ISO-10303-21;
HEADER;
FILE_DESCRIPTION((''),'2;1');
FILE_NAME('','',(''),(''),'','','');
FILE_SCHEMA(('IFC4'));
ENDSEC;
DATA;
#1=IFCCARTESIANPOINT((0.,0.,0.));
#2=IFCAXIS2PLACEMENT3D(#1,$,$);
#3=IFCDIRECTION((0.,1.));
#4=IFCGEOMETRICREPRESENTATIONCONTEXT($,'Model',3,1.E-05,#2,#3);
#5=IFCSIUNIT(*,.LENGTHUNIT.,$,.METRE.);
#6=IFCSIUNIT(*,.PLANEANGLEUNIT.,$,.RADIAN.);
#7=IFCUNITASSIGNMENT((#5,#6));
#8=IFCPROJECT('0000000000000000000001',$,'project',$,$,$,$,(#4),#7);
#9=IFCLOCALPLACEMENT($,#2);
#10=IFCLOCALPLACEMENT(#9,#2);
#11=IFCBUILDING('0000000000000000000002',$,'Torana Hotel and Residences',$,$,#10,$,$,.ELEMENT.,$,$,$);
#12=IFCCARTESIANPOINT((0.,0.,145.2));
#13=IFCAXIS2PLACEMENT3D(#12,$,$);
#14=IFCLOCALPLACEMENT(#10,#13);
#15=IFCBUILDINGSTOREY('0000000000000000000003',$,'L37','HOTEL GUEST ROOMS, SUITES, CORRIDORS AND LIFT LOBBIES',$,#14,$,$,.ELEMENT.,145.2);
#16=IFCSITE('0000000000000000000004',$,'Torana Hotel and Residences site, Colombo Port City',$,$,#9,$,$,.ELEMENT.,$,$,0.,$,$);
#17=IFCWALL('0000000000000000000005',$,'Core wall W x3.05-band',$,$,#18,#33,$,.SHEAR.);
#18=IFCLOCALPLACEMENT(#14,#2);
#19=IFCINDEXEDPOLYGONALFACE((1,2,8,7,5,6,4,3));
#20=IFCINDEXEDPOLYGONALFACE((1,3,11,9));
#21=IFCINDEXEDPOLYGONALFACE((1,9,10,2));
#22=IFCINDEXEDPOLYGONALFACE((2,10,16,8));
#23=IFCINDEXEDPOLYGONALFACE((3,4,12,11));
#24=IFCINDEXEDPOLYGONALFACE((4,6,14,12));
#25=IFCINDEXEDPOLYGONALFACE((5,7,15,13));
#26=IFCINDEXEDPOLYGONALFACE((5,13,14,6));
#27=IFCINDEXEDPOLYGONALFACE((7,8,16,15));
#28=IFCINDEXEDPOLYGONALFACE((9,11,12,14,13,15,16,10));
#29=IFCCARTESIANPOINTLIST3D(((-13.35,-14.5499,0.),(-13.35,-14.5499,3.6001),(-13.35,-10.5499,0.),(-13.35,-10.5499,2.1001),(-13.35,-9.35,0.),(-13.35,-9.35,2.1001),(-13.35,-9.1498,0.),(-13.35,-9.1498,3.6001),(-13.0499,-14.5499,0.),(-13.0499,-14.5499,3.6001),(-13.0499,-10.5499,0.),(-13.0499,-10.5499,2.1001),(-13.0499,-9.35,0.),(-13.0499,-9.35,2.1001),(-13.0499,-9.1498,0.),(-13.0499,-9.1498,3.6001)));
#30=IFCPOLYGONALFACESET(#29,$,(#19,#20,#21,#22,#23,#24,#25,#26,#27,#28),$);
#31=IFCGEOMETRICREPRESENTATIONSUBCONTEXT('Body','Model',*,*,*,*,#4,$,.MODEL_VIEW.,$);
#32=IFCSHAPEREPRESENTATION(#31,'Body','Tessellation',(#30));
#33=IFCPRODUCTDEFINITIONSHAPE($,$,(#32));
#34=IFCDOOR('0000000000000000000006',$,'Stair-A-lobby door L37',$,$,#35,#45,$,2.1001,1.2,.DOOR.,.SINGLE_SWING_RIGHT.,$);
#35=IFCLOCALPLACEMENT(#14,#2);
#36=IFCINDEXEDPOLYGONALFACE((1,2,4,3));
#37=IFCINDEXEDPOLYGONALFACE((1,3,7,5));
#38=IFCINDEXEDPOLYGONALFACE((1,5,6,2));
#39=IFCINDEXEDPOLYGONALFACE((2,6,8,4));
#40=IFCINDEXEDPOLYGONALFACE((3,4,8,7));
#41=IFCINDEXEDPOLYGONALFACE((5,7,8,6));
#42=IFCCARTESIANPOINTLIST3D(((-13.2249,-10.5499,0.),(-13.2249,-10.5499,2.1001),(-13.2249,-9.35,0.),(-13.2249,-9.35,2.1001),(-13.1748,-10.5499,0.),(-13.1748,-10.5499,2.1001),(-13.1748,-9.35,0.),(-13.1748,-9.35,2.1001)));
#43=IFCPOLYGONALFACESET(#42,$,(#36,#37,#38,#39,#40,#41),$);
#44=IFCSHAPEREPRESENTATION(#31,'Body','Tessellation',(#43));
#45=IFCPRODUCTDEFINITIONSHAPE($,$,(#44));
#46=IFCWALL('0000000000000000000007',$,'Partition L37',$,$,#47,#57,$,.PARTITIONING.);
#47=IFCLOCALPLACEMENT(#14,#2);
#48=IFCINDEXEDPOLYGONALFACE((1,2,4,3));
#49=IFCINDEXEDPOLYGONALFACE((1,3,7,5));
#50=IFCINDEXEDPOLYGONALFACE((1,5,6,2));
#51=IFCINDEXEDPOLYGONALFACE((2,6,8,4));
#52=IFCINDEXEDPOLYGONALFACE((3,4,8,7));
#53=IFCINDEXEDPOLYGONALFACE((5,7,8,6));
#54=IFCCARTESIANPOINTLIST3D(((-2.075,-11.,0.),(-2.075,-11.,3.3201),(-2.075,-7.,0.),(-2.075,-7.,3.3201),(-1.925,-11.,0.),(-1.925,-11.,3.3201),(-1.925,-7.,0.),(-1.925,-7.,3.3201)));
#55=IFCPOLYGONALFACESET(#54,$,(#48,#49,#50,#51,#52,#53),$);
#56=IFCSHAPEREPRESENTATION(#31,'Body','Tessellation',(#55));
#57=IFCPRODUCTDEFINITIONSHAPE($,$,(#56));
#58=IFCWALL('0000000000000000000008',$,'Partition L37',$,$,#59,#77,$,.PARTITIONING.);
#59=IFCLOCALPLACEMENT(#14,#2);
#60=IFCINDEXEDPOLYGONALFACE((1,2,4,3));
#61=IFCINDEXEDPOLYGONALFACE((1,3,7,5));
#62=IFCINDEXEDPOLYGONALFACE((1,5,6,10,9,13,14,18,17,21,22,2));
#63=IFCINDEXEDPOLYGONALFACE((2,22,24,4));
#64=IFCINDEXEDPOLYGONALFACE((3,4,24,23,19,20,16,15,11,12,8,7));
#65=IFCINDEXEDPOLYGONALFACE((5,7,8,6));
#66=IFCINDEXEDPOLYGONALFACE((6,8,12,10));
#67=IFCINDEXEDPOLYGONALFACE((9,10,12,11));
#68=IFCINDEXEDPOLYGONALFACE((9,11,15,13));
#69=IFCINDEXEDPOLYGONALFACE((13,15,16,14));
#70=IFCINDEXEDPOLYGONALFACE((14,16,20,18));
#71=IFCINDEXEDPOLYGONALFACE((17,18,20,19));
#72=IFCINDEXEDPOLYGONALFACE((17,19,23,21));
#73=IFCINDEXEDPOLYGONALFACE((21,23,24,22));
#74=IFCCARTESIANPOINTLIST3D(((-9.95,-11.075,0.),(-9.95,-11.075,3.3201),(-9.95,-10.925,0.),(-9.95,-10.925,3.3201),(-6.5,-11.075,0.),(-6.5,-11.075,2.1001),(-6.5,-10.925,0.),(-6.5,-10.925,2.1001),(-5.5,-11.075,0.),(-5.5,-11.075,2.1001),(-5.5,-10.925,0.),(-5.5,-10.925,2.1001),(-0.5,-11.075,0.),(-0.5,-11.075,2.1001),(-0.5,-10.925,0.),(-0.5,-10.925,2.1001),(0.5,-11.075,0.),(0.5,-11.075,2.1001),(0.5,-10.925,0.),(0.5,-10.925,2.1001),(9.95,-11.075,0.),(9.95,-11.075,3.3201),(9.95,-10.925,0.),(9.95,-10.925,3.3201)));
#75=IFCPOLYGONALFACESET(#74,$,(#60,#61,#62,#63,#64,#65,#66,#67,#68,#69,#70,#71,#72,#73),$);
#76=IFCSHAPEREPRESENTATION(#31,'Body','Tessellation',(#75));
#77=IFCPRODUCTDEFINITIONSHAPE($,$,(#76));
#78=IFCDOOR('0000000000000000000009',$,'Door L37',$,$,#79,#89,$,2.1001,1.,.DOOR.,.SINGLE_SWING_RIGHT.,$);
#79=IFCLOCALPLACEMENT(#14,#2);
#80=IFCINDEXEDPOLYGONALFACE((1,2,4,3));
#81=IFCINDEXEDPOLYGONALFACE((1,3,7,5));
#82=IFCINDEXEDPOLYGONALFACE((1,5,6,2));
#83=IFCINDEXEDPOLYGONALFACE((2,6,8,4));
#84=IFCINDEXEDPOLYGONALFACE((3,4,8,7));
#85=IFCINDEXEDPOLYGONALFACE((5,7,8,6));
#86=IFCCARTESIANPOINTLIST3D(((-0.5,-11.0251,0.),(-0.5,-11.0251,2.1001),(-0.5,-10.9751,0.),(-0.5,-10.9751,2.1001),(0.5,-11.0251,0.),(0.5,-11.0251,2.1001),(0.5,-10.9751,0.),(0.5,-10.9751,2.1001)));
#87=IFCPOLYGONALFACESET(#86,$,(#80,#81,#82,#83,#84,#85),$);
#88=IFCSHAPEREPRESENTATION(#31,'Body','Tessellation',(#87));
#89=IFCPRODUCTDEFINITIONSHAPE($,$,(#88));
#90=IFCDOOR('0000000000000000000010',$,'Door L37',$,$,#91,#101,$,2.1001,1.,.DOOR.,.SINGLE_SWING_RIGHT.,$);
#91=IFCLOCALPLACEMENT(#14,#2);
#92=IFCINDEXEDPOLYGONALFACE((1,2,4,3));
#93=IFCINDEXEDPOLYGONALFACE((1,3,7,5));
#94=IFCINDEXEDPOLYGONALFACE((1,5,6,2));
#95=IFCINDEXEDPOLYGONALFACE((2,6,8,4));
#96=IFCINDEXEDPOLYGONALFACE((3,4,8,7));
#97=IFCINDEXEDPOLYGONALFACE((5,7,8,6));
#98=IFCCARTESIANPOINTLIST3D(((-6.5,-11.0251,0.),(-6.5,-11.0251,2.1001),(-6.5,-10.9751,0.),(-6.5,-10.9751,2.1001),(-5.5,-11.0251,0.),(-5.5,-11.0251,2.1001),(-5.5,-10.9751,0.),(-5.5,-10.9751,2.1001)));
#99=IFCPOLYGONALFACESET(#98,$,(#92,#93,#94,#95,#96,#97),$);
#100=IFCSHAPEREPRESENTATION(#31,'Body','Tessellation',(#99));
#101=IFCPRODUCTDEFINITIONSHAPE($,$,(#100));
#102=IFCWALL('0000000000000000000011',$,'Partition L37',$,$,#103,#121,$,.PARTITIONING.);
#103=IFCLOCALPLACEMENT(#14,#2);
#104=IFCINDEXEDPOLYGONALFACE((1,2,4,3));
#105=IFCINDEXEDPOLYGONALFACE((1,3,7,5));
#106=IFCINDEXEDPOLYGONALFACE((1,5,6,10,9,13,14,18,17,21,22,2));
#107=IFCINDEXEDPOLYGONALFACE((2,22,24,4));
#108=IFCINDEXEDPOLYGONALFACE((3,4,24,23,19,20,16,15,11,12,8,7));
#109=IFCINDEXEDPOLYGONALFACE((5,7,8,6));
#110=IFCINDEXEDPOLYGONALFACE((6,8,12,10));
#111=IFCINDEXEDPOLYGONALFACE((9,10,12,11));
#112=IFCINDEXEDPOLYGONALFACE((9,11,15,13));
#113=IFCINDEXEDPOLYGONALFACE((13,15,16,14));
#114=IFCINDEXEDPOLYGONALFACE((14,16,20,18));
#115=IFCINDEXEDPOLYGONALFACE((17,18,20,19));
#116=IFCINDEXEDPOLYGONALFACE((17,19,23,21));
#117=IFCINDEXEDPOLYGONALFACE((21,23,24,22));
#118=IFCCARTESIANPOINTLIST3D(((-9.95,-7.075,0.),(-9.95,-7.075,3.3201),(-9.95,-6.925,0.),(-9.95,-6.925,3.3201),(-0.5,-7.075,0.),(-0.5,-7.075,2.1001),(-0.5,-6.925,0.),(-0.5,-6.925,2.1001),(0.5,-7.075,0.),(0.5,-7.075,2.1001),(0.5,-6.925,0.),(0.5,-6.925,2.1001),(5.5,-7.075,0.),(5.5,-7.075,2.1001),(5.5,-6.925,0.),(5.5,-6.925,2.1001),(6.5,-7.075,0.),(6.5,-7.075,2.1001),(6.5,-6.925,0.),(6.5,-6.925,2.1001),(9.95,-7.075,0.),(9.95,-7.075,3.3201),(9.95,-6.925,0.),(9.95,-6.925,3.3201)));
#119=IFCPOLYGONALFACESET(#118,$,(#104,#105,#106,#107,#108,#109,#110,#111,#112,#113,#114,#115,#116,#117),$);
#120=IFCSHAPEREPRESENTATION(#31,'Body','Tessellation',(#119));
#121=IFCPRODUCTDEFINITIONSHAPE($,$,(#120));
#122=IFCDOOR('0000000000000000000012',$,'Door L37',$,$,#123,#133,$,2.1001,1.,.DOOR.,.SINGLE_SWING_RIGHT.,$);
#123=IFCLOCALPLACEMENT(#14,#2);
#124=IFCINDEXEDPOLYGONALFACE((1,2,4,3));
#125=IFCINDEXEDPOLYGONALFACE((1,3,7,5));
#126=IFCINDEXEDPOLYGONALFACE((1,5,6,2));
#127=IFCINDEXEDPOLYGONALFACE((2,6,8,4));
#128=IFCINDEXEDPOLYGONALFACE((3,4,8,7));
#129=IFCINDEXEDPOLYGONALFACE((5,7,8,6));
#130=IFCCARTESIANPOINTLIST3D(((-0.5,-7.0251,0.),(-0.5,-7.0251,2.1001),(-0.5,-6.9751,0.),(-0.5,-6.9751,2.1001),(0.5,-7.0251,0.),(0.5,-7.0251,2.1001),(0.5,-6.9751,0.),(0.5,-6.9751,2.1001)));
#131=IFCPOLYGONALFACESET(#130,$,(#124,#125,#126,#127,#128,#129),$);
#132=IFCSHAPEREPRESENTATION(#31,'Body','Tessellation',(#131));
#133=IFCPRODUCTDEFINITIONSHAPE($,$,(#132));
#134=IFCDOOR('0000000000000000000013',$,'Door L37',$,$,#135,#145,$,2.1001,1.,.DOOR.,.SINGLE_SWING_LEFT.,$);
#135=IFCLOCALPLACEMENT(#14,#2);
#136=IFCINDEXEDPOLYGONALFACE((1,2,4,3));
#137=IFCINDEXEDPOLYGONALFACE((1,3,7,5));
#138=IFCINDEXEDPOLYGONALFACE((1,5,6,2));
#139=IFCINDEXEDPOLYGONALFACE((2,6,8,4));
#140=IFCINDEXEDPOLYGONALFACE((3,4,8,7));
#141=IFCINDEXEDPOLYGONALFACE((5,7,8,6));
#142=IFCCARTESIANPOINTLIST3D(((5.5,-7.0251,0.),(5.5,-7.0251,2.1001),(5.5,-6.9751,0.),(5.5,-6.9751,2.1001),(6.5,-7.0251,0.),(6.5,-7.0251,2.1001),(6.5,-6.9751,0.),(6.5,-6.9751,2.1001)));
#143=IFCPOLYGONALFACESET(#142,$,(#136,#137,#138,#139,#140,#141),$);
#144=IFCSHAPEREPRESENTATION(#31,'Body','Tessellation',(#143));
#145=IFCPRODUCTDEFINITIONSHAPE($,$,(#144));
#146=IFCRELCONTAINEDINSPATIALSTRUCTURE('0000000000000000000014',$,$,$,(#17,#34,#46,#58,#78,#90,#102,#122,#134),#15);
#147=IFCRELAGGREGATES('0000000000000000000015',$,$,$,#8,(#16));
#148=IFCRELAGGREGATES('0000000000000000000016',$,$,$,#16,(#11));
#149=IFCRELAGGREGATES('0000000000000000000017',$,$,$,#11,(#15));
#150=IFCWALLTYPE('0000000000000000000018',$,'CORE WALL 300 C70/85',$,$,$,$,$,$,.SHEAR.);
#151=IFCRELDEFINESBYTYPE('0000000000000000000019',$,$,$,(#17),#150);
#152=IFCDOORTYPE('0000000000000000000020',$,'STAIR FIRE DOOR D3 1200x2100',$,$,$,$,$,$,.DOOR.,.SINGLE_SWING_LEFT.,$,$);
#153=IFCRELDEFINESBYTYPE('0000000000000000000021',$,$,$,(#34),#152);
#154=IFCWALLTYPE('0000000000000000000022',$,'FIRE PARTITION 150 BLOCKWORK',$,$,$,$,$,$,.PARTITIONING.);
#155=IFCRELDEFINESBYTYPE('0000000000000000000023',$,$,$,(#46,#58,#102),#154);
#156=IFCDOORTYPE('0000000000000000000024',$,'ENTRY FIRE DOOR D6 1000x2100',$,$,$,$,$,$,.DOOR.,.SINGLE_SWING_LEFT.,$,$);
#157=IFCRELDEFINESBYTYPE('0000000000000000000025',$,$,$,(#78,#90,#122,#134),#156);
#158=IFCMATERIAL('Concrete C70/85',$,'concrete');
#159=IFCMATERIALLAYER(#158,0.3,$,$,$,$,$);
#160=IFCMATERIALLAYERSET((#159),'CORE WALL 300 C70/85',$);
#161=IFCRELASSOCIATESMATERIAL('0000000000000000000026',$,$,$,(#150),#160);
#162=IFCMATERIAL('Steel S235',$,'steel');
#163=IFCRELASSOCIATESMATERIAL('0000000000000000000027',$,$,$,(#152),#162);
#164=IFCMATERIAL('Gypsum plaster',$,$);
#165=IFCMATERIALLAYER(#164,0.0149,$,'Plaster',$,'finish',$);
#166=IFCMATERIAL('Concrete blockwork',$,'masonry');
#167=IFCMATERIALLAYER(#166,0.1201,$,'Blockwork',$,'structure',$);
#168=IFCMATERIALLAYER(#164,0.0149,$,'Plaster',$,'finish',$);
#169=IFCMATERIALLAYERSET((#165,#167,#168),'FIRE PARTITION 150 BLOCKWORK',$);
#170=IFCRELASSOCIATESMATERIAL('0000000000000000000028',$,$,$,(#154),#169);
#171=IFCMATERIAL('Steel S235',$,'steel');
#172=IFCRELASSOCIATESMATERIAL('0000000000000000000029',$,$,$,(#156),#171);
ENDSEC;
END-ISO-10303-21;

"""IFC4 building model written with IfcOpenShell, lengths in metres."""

from ifc_helpers import new_model, si_unit, direction, frame, frame_2d, origin, place, context, subcontext, project, spatial, rectangle, extrude, material, layer, layer_set, type_object, element, fill, save


model = new_model("IFC4")

# Units and contexts
model_context = context("Model", 3, precision=1e-05, world=origin(), true_north=direction((0.0, 1.0)))
body_context = subcontext(model_context, "Body", "Model", "MODEL_VIEW")
ifc_project = project(units=[si_unit("LENGTHUNIT", "METRE"), si_unit("PLANEANGLEUNIT", "RADIAN")], contexts=[model_context])

# Site, building, storey
site_placement = place(None, origin())
site = spatial("IfcSite", under=ifc_project, at=site_placement, Name="Torana Hotel and Residences site, Colombo Port City", CompositionType="ELEMENT", RefElevation=0.0)
building_placement = place(site_placement, origin())
building = spatial("IfcBuilding", under=site, at=building_placement, Name="Torana Hotel and Residences", CompositionType="ELEMENT")
storey_placement = place(building_placement, frame((0.0, 0.0, 145.2)))
storey = spatial("IfcBuildingStorey", under=building, at=storey_placement, Name="L37", Description="HOTEL GUEST ROOMS, SUITES, CORRIDORS AND LIFT LOBBIES", CompositionType="ELEMENT", Elevation=145.2)

# Shared definitions
ifc_material_1 = material(Name="Concrete C70/85", Category="concrete")
ifc_layer_1 = layer(ifc_material_1, 0.3)
ifc_layer_set_1 = layer_set([ifc_layer_1], Name="CORE WALL 300 C70/85")
wall_type_1 = type_object("IfcWallType", Name="CORE WALL 300 C70/85", PredefinedType="SHEAR", material=ifc_layer_set_1)

# Wall, opening, door
wall_1_placement = place(storey_placement, frame((-13.2, -14.55, 0.0), z_axis=(0.0, 0.0, 1.0), x_axis=(0.0, 1.0, 0.0)))
wall_1 = element("IfcWall", 1, at=wall_1_placement, inside=storey, type_object=wall_type_1, Name="Core wall W x3.05-band", PredefinedType="SHEAR", context=body_context, shape_type="SweptSolid", body=[
    extrude(rectangle(XDim=5.4001, YDim=0.3, at=frame_2d((2.7002, 0.0))), origin(), (0.0, 0.0, 1.0), 3.6001),
])
opening_1_placement = place(wall_1_placement, frame((4.0, 0.0, 0.0)))
opening_1 = element("IfcOpeningElement", 2, at=opening_1_placement, cuts=wall_1, PredefinedType="OPENING", context=body_context, shape_type="SweptSolid", body=[
    extrude(rectangle(XDim=1.2, YDim=2.1001, at=frame_2d((0.6001, 1.05))), frame((0.0, 0.1599, 0.0), z_axis=(0.0, -1.0, 0.0), x_axis=(1.0, 0.0, 0.0)), (0.0, 0.0, 1.0), 0.3201),
])
ifc_material_2 = material(Name="Steel S235", Category="steel")
door_type_1 = type_object("IfcDoorType", Name="STAIR FIRE DOOR D3 1200x2100", OperationType="SINGLE_SWING_LEFT", PredefinedType="DOOR", material=ifc_material_2)
door_1_placement = place(opening_1_placement, frame((0.6001, 0.0, 0.0), z_axis=(0.0, 0.0, 1.0), x_axis=(-1.0, 0.0, 0.0)))
door_1 = element("IfcDoor", 3, at=door_1_placement, inside=storey, type_object=door_type_1, Name="Stair-A-lobby door L37", OperationType="SINGLE_SWING_RIGHT", OverallHeight=2.1001, OverallWidth=1.2, PredefinedType="DOOR", context=body_context, shape_type="SweptSolid", body=[
    extrude(rectangle(XDim=1.2, YDim=2.1001, at=frame_2d((0.0, 1.05))), frame((0.0, -0.0249, 0.0), z_axis=(0.0, 1.0, 0.0), x_axis=(-1.0, 0.0, 0.0)), (0.0, 0.0, 1.0), 0.05),
])
fill(opening_1, door_1)

# Wall
ifc_material_3 = material(Name="Gypsum plaster")
ifc_layer_2 = layer(ifc_material_3, 0.0149, Name="Plaster", Category="finish")
ifc_material_4 = material(Name="Concrete blockwork", Category="masonry")
ifc_layer_3 = layer(ifc_material_4, 0.1201, Name="Blockwork", Category="structure")
ifc_layer_4 = layer(ifc_material_3, 0.0149, Name="Plaster", Category="finish")
ifc_layer_set_2 = layer_set([ifc_layer_2, ifc_layer_3, ifc_layer_4], Name="FIRE PARTITION 150 BLOCKWORK")
wall_type_2 = type_object("IfcWallType", Name="FIRE PARTITION 150 BLOCKWORK", PredefinedType="PARTITIONING", material=ifc_layer_set_2)
wall_2_placement = place(storey_placement, frame((-2.0, -11.0, 0.0), z_axis=(0.0, 0.0, 1.0), x_axis=(0.0, 1.0, 0.0)))
element("IfcWall", 4, at=wall_2_placement, inside=storey, type_object=wall_type_2, Name="Partition L37", PredefinedType="PARTITIONING", context=body_context, shape_type="SweptSolid", body=[
    extrude(rectangle(XDim=4.0, YDim=0.1499, at=frame_2d((2.0, 0.0))), origin(), (0.0, 0.0, 1.0), 3.3201),
])

# Walls, openings, doors
wall_3_placement = place(storey_placement, frame((-9.95, -11.0, 0.0), z_axis=(0.0, 0.0, 1.0), x_axis=(1.0, 0.0, 0.0)))
wall_3 = element("IfcWall", 5, at=wall_3_placement, inside=storey, type_object=wall_type_2, Name="Partition L37", PredefinedType="PARTITIONING", context=body_context, shape_type="SweptSolid", body=[
    extrude(rectangle(XDim=19.8999, YDim=0.1499, at=frame_2d((9.95, 0.0))), origin(), (0.0, 0.0, 1.0), 3.3201),
])
opening_2_placement = place(wall_3_placement, frame((9.45, 0.0, 0.0)))
opening_2 = element("IfcOpeningElement", 6, at=opening_2_placement, cuts=wall_3, PredefinedType="OPENING", context=body_context, shape_type="SweptSolid", body=[
    extrude(rectangle(XDim=1.0, YDim=2.1001, at=frame_2d((0.5, 1.05))), frame((0.0, 0.085, 0.0), z_axis=(0.0, -1.0, 0.0), x_axis=(1.0, 0.0, 0.0)), (0.0, 0.0, 1.0), 0.1699),
])
opening_3_placement = place(wall_3_placement, frame((3.45, 0.0, 0.0)))
opening_3 = element("IfcOpeningElement", 7, at=opening_3_placement, cuts=wall_3, PredefinedType="OPENING", context=body_context, shape_type="SweptSolid", body=[
    extrude(rectangle(XDim=1.0, YDim=2.1001, at=frame_2d((0.5, 1.05))), frame((0.0, 0.085, 0.0), z_axis=(0.0, -1.0, 0.0), x_axis=(1.0, 0.0, 0.0)), (0.0, 0.0, 1.0), 0.1699),
])
ifc_material_5 = material(Name="Steel S235", Category="steel")
door_type_2 = type_object("IfcDoorType", Name="ENTRY FIRE DOOR D6 1000x2100", OperationType="SINGLE_SWING_LEFT", PredefinedType="DOOR", material=ifc_material_5)
door_2_placement = place(opening_2_placement, origin())
door_2 = element("IfcDoor", 8, at=door_2_placement, inside=storey, type_object=door_type_2, Name="Door L37", OperationType="SINGLE_SWING_RIGHT", OverallHeight=2.1001, OverallWidth=1.0, PredefinedType="DOOR", context=body_context, shape_type="SweptSolid", body=[
    extrude(rectangle(XDim=1.0, YDim=2.1001, at=frame_2d((0.5, 1.05))), frame((0.0, 0.0249, 0.0), z_axis=(0.0, -1.0, 0.0), x_axis=(1.0, 0.0, 0.0)), (0.0, 0.0, 1.0), 0.05),
])
fill(opening_2, door_2)
door_3_placement = place(opening_3_placement, origin())
door_3 = element("IfcDoor", 9, at=door_3_placement, inside=storey, type_object=door_type_2, Name="Door L37", OperationType="SINGLE_SWING_RIGHT", OverallHeight=2.1001, OverallWidth=1.0, PredefinedType="DOOR", context=body_context, shape_type="SweptSolid", body=[
    extrude(rectangle(XDim=1.0, YDim=2.1001, at=frame_2d((0.5, 1.05))), frame((0.0, 0.0249, 0.0), z_axis=(0.0, -1.0, 0.0), x_axis=(1.0, 0.0, 0.0)), (0.0, 0.0, 1.0), 0.05),
])
fill(opening_3, door_3)
wall_4_placement = place(storey_placement, frame((-9.95, -7.0, 0.0), z_axis=(0.0, 0.0, 1.0), x_axis=(1.0, 0.0, 0.0)))
wall_4 = element("IfcWall", 10, at=wall_4_placement, inside=storey, type_object=wall_type_2, Name="Partition L37", PredefinedType="PARTITIONING", context=body_context, shape_type="SweptSolid", body=[
    extrude(rectangle(XDim=19.8999, YDim=0.1499, at=frame_2d((9.95, 0.0))), origin(), (0.0, 0.0, 1.0), 3.3201),
])
opening_4_placement = place(wall_4_placement, frame((9.45, 0.0, 0.0)))
opening_4 = element("IfcOpeningElement", 11, at=opening_4_placement, cuts=wall_4, PredefinedType="OPENING", context=body_context, shape_type="SweptSolid", body=[
    extrude(rectangle(XDim=1.0, YDim=2.1001, at=frame_2d((0.5, 1.05))), frame((0.0, 0.085, 0.0), z_axis=(0.0, -1.0, 0.0), x_axis=(1.0, 0.0, 0.0)), (0.0, 0.0, 1.0), 0.1699),
])
opening_5_placement = place(wall_4_placement, frame((15.45, 0.0, 0.0)))
opening_5 = element("IfcOpeningElement", 12, at=opening_5_placement, cuts=wall_4, PredefinedType="OPENING", context=body_context, shape_type="SweptSolid", body=[
    extrude(rectangle(XDim=1.0, YDim=2.1001, at=frame_2d((0.5, 1.05))), frame((0.0, 0.085, 0.0), z_axis=(0.0, -1.0, 0.0), x_axis=(1.0, 0.0, 0.0)), (0.0, 0.0, 1.0), 0.1699),
])
door_4_placement = place(opening_4_placement, origin())
door_4 = element("IfcDoor", 13, at=door_4_placement, inside=storey, type_object=door_type_2, Name="Door L37", OperationType="SINGLE_SWING_RIGHT", OverallHeight=2.1001, OverallWidth=1.0, PredefinedType="DOOR", context=body_context, shape_type="SweptSolid", body=[
    extrude(rectangle(XDim=1.0, YDim=2.1001, at=frame_2d((0.5, 1.05))), frame((0.0, 0.0249, 0.0), z_axis=(0.0, -1.0, 0.0), x_axis=(1.0, 0.0, 0.0)), (0.0, 0.0, 1.0), 0.05),
])
fill(opening_4, door_4)
door_5_placement = place(opening_5_placement, frame((0.5, 0.0, 0.0), z_axis=(0.0, 0.0, 1.0), x_axis=(-1.0, 0.0, 0.0)))
door_5 = element("IfcDoor", 14, at=door_5_placement, inside=storey, type_object=door_type_2, Name="Door L37", OperationType="SINGLE_SWING_LEFT", OverallHeight=2.1001, OverallWidth=1.0, PredefinedType="DOOR", context=body_context, shape_type="SweptSolid", body=[
    extrude(rectangle(XDim=1.0, YDim=2.1001, at=frame_2d((0.0, 1.05))), frame((0.0, -0.0249, 0.0), z_axis=(0.0, 1.0, 0.0), x_axis=(-1.0, 0.0, 0.0)), (0.0, 0.0, 1.0), 0.05),
])
fill(opening_5, door_5)

save(model, "model.ifc")
